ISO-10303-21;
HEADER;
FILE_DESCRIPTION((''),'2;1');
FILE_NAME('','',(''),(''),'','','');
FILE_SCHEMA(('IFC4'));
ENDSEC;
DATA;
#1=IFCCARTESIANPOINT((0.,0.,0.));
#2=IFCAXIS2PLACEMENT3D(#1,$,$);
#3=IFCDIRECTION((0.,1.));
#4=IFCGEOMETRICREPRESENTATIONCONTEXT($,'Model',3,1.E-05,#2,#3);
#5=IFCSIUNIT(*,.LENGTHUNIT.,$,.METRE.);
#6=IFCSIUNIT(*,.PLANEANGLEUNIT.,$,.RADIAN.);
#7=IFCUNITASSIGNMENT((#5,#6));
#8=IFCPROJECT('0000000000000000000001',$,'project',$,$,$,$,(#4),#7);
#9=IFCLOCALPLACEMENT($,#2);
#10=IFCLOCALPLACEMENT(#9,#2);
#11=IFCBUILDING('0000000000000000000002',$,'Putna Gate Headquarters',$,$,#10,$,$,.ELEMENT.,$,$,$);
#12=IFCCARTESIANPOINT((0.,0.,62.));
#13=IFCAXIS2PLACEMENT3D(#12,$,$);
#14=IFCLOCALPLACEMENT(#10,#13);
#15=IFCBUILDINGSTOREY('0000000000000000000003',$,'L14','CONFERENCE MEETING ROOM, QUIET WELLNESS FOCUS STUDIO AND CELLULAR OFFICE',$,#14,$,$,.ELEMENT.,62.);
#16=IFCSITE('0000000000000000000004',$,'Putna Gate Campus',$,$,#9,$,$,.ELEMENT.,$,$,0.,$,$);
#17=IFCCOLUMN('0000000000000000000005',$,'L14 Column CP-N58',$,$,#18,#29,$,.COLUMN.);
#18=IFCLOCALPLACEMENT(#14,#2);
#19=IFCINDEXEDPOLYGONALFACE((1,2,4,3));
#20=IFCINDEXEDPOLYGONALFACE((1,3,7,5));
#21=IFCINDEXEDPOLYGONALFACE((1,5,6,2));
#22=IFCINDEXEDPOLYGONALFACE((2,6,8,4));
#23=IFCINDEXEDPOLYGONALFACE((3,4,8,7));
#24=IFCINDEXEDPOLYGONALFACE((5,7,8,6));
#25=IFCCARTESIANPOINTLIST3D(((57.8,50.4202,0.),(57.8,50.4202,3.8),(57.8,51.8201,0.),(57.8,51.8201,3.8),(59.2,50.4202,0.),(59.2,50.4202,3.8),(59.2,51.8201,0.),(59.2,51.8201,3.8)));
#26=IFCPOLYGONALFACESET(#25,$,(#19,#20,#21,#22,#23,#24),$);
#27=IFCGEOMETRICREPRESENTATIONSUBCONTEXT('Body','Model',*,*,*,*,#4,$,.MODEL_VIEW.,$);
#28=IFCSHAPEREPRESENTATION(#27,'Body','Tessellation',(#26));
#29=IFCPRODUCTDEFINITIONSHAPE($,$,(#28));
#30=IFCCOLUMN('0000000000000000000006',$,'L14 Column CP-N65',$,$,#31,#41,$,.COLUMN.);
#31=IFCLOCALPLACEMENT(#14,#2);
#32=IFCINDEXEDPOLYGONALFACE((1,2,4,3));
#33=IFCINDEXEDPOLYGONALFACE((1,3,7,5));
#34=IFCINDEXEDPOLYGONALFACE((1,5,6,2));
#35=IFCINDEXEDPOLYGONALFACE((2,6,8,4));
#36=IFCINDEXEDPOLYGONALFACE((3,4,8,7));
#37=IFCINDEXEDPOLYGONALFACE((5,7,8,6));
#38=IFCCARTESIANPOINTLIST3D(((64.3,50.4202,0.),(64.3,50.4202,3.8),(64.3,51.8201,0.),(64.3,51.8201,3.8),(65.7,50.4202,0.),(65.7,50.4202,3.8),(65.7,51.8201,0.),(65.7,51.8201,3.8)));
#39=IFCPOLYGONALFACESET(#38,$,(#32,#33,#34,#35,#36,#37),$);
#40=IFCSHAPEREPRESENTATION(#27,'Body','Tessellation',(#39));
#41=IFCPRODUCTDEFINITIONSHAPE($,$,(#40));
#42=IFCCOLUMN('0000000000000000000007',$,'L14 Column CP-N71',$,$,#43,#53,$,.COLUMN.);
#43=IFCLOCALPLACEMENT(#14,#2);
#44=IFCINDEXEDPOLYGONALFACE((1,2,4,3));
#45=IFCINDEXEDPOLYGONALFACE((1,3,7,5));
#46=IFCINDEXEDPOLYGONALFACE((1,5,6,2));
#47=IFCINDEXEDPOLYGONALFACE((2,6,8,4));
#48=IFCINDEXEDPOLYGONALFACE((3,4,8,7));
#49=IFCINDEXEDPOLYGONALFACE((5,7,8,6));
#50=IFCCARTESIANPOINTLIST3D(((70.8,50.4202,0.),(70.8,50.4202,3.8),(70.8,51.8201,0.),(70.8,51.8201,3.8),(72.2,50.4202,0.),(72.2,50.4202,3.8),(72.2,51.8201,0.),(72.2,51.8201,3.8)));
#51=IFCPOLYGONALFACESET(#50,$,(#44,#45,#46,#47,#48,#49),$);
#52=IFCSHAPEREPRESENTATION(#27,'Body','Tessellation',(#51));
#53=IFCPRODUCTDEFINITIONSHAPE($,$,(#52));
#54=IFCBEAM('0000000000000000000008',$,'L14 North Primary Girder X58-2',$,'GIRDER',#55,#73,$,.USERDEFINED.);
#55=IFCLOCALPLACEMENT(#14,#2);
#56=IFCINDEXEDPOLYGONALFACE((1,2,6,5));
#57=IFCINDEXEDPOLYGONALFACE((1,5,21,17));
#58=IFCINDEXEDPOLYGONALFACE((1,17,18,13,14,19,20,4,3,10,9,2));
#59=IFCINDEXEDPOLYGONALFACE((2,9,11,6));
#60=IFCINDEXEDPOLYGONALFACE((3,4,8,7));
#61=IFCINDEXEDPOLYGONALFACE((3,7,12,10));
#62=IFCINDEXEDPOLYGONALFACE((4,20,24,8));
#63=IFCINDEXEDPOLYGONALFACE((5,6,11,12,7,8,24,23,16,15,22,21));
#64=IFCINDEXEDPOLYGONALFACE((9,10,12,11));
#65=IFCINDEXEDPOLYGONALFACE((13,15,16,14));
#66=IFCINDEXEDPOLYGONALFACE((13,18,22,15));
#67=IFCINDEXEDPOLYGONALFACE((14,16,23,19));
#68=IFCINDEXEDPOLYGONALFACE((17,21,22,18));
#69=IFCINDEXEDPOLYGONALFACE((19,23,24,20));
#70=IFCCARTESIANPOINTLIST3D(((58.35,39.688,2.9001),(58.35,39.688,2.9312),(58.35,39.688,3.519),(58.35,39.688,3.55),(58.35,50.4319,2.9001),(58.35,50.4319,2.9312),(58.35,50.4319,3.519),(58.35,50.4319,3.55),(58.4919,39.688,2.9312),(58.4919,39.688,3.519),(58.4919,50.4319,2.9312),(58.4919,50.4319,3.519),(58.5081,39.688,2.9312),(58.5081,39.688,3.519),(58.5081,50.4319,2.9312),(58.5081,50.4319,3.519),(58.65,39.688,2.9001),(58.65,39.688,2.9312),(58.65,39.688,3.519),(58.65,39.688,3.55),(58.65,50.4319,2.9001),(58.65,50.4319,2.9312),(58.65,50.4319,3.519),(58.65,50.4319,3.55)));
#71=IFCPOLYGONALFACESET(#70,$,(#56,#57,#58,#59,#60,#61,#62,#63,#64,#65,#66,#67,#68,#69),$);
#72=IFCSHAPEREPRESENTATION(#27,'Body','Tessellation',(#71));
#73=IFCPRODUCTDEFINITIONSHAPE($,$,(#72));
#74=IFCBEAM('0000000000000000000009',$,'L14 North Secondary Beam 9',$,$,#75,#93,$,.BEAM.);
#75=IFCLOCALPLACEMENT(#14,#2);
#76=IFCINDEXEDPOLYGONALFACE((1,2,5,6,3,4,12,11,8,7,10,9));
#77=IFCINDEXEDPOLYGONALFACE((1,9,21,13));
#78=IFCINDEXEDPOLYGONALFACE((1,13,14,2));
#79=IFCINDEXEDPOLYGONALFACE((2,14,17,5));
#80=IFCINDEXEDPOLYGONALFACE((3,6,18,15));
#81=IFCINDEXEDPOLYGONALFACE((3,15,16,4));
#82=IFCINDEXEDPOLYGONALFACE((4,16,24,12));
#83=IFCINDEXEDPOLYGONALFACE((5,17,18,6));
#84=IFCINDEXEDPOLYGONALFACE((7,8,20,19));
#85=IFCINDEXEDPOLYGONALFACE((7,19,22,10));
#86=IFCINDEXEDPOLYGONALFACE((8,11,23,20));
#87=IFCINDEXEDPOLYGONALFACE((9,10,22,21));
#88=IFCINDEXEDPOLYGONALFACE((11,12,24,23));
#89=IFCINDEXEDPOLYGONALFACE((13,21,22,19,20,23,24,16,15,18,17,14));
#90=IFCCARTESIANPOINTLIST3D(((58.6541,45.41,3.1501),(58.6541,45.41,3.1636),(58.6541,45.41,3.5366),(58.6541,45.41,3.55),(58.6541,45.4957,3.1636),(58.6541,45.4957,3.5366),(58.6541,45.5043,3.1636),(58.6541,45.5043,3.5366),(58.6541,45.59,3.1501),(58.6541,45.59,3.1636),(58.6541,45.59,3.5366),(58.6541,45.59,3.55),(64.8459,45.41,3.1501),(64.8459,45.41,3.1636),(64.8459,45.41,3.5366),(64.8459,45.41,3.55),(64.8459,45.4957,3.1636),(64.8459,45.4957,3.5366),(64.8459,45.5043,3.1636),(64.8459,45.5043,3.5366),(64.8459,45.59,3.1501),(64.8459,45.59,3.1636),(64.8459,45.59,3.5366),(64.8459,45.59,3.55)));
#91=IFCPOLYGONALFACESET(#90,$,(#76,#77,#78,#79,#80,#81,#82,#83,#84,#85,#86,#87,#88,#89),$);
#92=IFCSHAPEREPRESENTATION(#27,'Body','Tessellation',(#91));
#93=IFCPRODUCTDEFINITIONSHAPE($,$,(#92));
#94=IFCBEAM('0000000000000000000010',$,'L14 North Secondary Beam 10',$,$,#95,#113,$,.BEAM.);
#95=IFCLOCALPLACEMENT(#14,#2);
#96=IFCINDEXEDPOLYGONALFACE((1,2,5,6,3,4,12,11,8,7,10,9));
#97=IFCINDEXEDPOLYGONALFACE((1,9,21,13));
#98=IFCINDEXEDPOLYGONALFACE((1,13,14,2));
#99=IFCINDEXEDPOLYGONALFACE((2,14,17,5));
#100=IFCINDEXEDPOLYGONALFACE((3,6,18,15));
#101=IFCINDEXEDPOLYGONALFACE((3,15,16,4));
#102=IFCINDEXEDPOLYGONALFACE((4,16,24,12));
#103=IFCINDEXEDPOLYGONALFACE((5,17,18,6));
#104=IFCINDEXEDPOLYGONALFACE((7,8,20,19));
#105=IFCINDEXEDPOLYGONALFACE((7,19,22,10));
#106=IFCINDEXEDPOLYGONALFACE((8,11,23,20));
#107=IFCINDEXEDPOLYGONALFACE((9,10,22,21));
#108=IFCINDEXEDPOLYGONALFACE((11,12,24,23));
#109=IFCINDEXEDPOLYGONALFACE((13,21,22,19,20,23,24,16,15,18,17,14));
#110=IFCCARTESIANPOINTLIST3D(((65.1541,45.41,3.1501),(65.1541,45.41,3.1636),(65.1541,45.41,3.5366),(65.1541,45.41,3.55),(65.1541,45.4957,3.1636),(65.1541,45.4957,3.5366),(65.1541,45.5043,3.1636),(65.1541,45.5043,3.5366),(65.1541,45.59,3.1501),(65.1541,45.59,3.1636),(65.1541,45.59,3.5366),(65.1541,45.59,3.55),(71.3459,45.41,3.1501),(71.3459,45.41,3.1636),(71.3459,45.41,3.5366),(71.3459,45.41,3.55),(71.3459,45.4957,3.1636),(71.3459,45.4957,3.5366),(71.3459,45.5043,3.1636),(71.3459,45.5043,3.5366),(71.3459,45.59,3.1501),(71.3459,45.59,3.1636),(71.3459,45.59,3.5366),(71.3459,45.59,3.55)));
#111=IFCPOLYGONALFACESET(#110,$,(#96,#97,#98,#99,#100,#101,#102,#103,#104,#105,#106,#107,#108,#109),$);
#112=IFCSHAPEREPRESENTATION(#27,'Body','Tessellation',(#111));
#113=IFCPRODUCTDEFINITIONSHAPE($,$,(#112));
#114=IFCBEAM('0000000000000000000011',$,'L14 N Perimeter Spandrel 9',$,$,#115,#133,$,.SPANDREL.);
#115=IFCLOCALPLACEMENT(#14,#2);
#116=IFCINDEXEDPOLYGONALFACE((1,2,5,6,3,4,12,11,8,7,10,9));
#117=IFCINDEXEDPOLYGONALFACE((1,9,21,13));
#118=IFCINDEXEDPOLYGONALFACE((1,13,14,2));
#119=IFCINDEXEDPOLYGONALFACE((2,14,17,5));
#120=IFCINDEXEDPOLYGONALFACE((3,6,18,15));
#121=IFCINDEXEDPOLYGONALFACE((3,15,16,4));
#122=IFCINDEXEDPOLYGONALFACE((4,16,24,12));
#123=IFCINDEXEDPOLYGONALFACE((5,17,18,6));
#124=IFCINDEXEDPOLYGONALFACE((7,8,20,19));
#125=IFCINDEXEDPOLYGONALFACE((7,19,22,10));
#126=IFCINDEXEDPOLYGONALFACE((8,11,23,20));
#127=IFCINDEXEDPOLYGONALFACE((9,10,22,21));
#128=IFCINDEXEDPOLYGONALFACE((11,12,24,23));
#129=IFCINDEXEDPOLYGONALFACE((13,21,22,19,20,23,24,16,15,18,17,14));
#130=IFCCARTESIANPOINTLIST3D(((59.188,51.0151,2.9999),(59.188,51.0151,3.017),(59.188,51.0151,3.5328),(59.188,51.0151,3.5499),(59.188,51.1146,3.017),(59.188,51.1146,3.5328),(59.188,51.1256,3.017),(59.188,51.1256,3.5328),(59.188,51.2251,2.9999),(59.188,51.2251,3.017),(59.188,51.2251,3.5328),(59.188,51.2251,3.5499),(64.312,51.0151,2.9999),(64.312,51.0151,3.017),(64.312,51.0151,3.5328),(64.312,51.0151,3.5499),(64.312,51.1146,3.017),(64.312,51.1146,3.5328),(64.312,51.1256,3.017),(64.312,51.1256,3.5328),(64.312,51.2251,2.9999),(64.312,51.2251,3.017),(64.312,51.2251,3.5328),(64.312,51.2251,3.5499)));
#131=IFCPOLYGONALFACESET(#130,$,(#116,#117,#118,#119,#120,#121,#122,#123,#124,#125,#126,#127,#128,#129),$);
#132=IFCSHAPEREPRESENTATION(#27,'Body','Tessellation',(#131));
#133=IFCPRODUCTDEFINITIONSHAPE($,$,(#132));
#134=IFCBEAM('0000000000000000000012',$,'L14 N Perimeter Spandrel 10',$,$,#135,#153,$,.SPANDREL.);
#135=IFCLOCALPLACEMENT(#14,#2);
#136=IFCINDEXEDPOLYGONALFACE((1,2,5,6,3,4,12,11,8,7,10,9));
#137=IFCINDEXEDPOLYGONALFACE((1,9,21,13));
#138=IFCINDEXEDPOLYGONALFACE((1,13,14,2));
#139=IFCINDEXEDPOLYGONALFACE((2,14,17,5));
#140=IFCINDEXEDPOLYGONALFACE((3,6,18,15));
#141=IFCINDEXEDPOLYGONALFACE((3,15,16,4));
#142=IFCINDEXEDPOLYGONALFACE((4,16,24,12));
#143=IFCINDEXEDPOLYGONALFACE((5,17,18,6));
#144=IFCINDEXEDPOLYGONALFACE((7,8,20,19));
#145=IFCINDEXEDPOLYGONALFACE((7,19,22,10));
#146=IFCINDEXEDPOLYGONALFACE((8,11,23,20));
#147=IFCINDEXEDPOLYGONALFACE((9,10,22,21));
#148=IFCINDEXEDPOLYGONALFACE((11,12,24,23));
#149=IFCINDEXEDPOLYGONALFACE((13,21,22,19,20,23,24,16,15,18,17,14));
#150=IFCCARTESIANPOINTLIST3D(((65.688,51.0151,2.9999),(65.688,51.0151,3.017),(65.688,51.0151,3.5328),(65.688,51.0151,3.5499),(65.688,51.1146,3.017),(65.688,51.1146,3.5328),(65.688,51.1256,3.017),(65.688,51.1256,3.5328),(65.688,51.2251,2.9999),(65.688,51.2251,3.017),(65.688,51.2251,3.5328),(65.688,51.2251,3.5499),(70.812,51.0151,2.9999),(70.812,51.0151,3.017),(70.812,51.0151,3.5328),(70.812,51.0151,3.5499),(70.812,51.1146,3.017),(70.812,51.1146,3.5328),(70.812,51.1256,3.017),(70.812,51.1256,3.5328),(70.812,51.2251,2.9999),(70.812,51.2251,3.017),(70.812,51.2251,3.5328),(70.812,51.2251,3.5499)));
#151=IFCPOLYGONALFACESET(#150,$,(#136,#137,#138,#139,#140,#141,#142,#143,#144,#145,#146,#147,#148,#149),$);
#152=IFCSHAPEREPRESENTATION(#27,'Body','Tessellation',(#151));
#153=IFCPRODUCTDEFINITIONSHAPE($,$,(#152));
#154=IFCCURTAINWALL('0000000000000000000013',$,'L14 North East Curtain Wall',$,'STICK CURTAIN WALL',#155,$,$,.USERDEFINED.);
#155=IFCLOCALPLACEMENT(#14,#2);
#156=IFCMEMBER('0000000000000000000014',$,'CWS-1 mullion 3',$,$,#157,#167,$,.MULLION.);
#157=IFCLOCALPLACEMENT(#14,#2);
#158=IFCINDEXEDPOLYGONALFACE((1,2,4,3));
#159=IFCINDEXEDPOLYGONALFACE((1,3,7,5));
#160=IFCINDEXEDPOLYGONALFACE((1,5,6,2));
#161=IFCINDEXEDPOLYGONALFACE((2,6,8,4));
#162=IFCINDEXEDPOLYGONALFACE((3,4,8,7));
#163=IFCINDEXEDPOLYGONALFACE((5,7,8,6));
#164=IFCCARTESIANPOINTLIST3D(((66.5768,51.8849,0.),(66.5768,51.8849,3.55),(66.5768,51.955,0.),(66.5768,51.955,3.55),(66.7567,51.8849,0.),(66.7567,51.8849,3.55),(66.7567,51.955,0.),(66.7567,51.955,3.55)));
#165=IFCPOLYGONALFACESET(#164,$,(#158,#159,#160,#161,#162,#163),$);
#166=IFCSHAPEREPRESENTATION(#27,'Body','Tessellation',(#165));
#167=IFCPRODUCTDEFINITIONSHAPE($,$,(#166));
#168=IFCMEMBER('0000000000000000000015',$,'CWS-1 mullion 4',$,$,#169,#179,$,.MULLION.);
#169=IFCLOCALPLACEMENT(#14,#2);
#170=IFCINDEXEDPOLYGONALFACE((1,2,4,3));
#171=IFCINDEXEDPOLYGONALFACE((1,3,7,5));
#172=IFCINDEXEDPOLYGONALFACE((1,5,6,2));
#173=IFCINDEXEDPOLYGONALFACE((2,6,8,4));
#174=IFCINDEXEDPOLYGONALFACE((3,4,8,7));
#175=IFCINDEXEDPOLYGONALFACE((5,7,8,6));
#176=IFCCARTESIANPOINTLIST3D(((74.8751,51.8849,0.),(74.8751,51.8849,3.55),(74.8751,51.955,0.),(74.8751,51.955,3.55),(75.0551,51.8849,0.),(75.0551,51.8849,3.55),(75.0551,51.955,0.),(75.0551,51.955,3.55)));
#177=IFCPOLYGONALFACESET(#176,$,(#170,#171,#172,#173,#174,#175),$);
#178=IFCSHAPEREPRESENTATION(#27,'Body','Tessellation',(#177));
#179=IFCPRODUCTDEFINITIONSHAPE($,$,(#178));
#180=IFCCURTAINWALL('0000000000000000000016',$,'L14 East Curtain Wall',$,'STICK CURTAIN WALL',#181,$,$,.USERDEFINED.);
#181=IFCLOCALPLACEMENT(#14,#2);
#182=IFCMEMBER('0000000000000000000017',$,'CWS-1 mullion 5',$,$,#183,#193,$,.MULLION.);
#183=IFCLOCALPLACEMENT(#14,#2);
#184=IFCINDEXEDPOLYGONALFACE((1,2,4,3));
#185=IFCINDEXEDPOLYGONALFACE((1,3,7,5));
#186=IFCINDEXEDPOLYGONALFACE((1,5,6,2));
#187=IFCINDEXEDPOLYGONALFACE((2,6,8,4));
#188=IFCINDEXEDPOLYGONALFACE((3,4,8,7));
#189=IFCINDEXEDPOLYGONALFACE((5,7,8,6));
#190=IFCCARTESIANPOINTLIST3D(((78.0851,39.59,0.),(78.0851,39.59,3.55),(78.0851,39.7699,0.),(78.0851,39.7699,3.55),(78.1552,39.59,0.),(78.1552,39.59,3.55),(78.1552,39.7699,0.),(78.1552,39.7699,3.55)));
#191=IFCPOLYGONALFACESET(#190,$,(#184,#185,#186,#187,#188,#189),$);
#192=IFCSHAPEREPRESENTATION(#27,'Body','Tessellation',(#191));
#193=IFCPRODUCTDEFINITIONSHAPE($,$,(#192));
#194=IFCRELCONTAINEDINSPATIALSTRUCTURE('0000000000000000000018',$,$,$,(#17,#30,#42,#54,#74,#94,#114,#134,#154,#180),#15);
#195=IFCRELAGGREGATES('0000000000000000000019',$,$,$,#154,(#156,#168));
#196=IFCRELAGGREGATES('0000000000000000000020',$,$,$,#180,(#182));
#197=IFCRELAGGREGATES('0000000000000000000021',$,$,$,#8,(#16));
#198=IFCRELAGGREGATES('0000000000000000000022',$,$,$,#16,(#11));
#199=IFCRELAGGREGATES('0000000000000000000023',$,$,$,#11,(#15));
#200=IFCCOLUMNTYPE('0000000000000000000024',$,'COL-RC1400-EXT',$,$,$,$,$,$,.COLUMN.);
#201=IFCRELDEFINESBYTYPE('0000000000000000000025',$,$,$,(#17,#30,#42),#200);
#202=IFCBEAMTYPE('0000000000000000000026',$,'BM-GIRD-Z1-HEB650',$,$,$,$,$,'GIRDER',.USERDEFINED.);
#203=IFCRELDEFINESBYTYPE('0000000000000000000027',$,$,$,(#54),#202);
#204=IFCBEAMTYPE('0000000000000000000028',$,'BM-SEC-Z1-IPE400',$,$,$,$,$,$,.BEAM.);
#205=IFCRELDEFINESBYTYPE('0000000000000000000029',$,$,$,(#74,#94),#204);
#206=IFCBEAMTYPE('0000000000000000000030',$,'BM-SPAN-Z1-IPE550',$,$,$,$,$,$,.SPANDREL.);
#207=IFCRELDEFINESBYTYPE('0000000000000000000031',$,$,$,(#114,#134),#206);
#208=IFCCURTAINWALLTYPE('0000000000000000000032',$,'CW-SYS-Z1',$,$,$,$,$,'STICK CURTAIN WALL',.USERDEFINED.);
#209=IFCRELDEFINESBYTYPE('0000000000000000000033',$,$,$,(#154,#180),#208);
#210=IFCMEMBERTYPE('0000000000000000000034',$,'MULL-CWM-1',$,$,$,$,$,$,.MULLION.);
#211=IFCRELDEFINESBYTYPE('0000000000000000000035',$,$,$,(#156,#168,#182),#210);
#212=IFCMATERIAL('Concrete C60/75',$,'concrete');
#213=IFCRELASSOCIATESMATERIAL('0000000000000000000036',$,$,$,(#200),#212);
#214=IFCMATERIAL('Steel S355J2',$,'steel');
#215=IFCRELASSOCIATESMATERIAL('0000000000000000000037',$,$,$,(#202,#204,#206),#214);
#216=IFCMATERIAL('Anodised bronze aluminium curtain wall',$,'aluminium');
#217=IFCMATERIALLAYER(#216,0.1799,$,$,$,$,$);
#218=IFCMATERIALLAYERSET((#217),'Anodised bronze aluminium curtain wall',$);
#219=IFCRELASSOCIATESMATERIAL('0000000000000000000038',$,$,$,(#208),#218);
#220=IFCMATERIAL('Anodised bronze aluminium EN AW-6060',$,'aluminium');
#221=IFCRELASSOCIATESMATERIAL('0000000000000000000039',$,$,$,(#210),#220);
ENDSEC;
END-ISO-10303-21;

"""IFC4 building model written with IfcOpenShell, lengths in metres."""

from ifc_helpers import new_model, si_unit, direction, frame, origin, origin_2d, place, context, subcontext, project, spatial, rectangle, i_section, extrude, material, layer, layer_set, material_profile, profile_set, type_object, element, aggregate, save


model = new_model("IFC4")

# Units and contexts
model_context = context("Model", 3, precision=1e-05, world=origin(), true_north=direction((0.0, 1.0)))
body_context = subcontext(model_context, "Body", "Model", "MODEL_VIEW")
ifc_project = project(units=[si_unit("LENGTHUNIT", "METRE"), si_unit("PLANEANGLEUNIT", "RADIAN")], contexts=[model_context])

# Site, building, storey
site_placement = place(None, origin())
site = spatial("IfcSite", under=ifc_project, at=site_placement, Name="Putna Gate Campus", CompositionType="ELEMENT", RefElevation=0.0)
building_placement = place(site_placement, origin())
building = spatial("IfcBuilding", under=site, at=building_placement, Name="Putna Gate Headquarters", CompositionType="ELEMENT")
storey_placement = place(building_placement, frame((0.0, 0.0, 62.0)))
storey = spatial("IfcBuildingStorey", under=building, at=storey_placement, Name="L14", Description="CONFERENCE MEETING ROOM, QUIET WELLNESS FOCUS STUDIO AND CELLULAR OFFICE", CompositionType="ELEMENT", Elevation=62.0)

# Columns
ifc_material_1 = material(Name="Concrete C60/75", Category="concrete")
ifc_material_profile_1 = material_profile(ifc_material_1, rectangle(XDim=1.3999, YDim=1.3999, at=origin_2d()), Name="Concrete C60/75")
ifc_profile_set_1 = profile_set([ifc_material_profile_1], Name="Concrete C60/75")
column_type = type_object("IfcColumnType", Name="COL-RC1400-EXT", PredefinedType="COLUMN", material=ifc_profile_set_1)
for number, where, z_axis, x_axis, name in (
    (1, (58.5, 51.1201, 0.0), (0.0, 0.0, 1.0), (1.0, 0.0, 0.0), "L14 Column CP-N58"),
    (2, (65.0, 51.1201, 0.0), (0.0, 0.0, 1.0), (1.0, 0.0, 0.0), "L14 Column CP-N65"),
    (3, (71.5, 51.1201, 0.0), (0.0, 0.0, 1.0), (1.0, 0.0, 0.0), "L14 Column CP-N71"),
):
    element("IfcColumn", number, at=place(storey_placement, frame(where, z_axis=z_axis, x_axis=x_axis)), inside=storey, type_object=column_type, Name=name, PredefinedType="COLUMN", context=body_context, shape_type="SweptSolid", body=[
        extrude(rectangle(XDim=1.3999, YDim=1.3999, at=origin_2d()), origin(), (0.0, 0.0, 1.0), 3.8),
    ])

# Beams
ifc_material_2 = material(Name="Steel S355J2", Category="steel")
ifc_material_profile_2 = material_profile(ifc_material_2, i_section(OverallWidth=0.3, OverallDepth=0.6499, WebThickness=0.0161, FlangeThickness=0.031, at=origin_2d()), Name="Steel S355J2")
ifc_profile_set_2 = profile_set([ifc_material_profile_2], Name="Steel S355J2")
beam_type_1 = type_object("IfcBeamType", Name="BM-GIRD-Z1-HEB650", ElementType="GIRDER", PredefinedType="USERDEFINED", material=ifc_profile_set_2)
beam_placement = place(storey_placement, frame((58.5, 39.688, 3.2251), z_axis=(0.0, 1.0, 0.0), x_axis=(-1.0, 0.0, 0.0)))
element("IfcBeam", 4, at=beam_placement, inside=storey, type_object=beam_type_1, Name="L14 North Primary Girder X58-2", ObjectType="GIRDER", PredefinedType="USERDEFINED", context=body_context, shape_type="SweptSolid", body=[
    extrude(i_section(OverallWidth=0.3, OverallDepth=0.6499, WebThickness=0.0161, FlangeThickness=0.031, at=origin_2d()), origin(), (0.0, 0.0, 1.0), 10.7439),
])
ifc_material_profile_3 = material_profile(ifc_material_2, i_section(OverallWidth=0.1799, OverallDepth=0.3999, WebThickness=0.0085, FlangeThickness=0.0134, at=origin_2d()), Name="Steel S355J2")
ifc_profile_set_3 = profile_set([ifc_material_profile_3], Name="Steel S355J2")
beam_type_2 = type_object("IfcBeamType", Name="BM-SEC-Z1-IPE400", PredefinedType="BEAM", material=ifc_profile_set_3)
for number, where, z_axis, x_axis, name in (
    (5, (58.6541, 45.5, 3.3501), (1.0, 0.0, 0.0), (0.0, 1.0, 0.0), "L14 North Secondary Beam 9"),
    (6, (65.1541, 45.5, 3.3501), (1.0, 0.0, 0.0), (0.0, 1.0, 0.0), "L14 North Secondary Beam 10"),
):
    element("IfcBeam", number, at=place(storey_placement, frame(where, z_axis=z_axis, x_axis=x_axis)), inside=storey, type_object=beam_type_2, Name=name, PredefinedType="BEAM", context=body_context, shape_type="SweptSolid", body=[
        extrude(i_section(OverallWidth=0.1799, OverallDepth=0.3999, WebThickness=0.0085, FlangeThickness=0.0134, at=origin_2d()), origin(), (0.0, 0.0, 1.0), 6.1919),
    ])
ifc_material_profile_4 = material_profile(ifc_material_2, i_section(OverallWidth=0.21, OverallDepth=0.55, WebThickness=0.011, FlangeThickness=0.0171, at=origin_2d()), Name="Steel S355J2")
ifc_profile_set_4 = profile_set([ifc_material_profile_4], Name="Steel S355J2")
beam_type_3 = type_object("IfcBeamType", Name="BM-SPAN-Z1-IPE550", PredefinedType="SPANDREL", material=ifc_profile_set_4)
for number, where, z_axis, x_axis, name in (
    (7, (59.188, 51.1201, 3.2749), (1.0, 0.0, 0.0), (0.0, 1.0, 0.0), "L14 N Perimeter Spandrel 9"),
    (8, (65.688, 51.1201, 3.2749), (1.0, 0.0, 0.0), (0.0, 1.0, 0.0), "L14 N Perimeter Spandrel 10"),
):
    element("IfcBeam", number, at=place(storey_placement, frame(where, z_axis=z_axis, x_axis=x_axis)), inside=storey, type_object=beam_type_3, Name=name, PredefinedType="SPANDREL", context=body_context, shape_type="SweptSolid", body=[
        extrude(i_section(OverallWidth=0.21, OverallDepth=0.55, WebThickness=0.011, FlangeThickness=0.0171, at=origin_2d()), origin(), (0.0, 0.0, 1.0), 5.124),
    ])

# Curtain walls, members
ifc_material_3 = material(Name="Anodised bronze aluminium curtain wall", Category="aluminium")
ifc_layer_1 = layer(ifc_material_3, 0.1799)
ifc_layer_set_1 = layer_set([ifc_layer_1], Name="Anodised bronze aluminium curtain wall")
curtain_wall_type = type_object("IfcCurtainWallType", Name="CW-SYS-Z1", ElementType="STICK CURTAIN WALL", PredefinedType="USERDEFINED", material=ifc_layer_set_1)
curtain_wall_1_placement = place(storey_placement, origin())
curtain_wall_1 = element("IfcCurtainWall", 9, at=curtain_wall_1_placement, inside=storey, type_object=curtain_wall_type, Name="L14 North East Curtain Wall", ObjectType="STICK CURTAIN WALL", PredefinedType="USERDEFINED")
ifc_material_4 = material(Name="Anodised bronze aluminium EN AW-6060", Category="aluminium")
ifc_material_profile_5 = material_profile(ifc_material_4, rectangle(XDim=0.0701, YDim=0.1799, at=origin_2d()), Name="Anodised bronze aluminium EN AW-6060")
ifc_profile_set_5 = profile_set([ifc_material_profile_5], Name="Anodised bronze aluminium EN AW-6060")
member_type_1 = type_object("IfcMemberType", Name="MULL-CWM-1", PredefinedType="MULLION", material=ifc_profile_set_5)
member_1_placement = place(storey_placement, frame((66.6667, 51.9199, 0.0), z_axis=(0.0, 0.0, 1.0), x_axis=(0.0, 1.0, 0.0)))
member_1 = element("IfcMember", 10, at=member_1_placement, type_object=member_type_1, Name="CWS-1 mullion 3", PredefinedType="MULLION", context=body_context, shape_type="SweptSolid", body=[
    extrude(rectangle(XDim=0.0701, YDim=0.1799, at=origin_2d()), origin(), (0.0, 0.0, 1.0), 3.55),
])
member_2_placement = place(storey_placement, frame((74.9651, 51.9199, 0.0), z_axis=(0.0, 0.0, 1.0), x_axis=(0.0, 1.0, 0.0)))
member_2 = element("IfcMember", 11, at=member_2_placement, type_object=member_type_1, Name="CWS-1 mullion 4", PredefinedType="MULLION", context=body_context, shape_type="SweptSolid", body=[
    extrude(rectangle(XDim=0.0701, YDim=0.1799, at=origin_2d()), origin(), (0.0, 0.0, 1.0), 3.55),
])
curtain_wall_2_placement = place(storey_placement, origin())
curtain_wall_2 = element("IfcCurtainWall", 12, at=curtain_wall_2_placement, inside=storey, type_object=curtain_wall_type, Name="L14 East Curtain Wall", ObjectType="STICK CURTAIN WALL", PredefinedType="USERDEFINED")
member_3_placement = place(storey_placement, frame((78.1201, 39.6799, 0.0), z_axis=(0.0, 0.0, 1.0), x_axis=(-1.0, 0.0, 0.0)))
member_3 = element("IfcMember", 13, at=member_3_placement, type_object=member_type_1, Name="CWS-1 mullion 5", PredefinedType="MULLION", context=body_context, shape_type="SweptSolid", body=[
    extrude(rectangle(XDim=0.0701, YDim=0.1799, at=origin_2d()), origin(), (0.0, 0.0, 1.0), 3.55),
])

aggregate(curtain_wall_1, [member_1, member_2])
aggregate(curtain_wall_2, [member_3])

save(model, "model.ifc")
